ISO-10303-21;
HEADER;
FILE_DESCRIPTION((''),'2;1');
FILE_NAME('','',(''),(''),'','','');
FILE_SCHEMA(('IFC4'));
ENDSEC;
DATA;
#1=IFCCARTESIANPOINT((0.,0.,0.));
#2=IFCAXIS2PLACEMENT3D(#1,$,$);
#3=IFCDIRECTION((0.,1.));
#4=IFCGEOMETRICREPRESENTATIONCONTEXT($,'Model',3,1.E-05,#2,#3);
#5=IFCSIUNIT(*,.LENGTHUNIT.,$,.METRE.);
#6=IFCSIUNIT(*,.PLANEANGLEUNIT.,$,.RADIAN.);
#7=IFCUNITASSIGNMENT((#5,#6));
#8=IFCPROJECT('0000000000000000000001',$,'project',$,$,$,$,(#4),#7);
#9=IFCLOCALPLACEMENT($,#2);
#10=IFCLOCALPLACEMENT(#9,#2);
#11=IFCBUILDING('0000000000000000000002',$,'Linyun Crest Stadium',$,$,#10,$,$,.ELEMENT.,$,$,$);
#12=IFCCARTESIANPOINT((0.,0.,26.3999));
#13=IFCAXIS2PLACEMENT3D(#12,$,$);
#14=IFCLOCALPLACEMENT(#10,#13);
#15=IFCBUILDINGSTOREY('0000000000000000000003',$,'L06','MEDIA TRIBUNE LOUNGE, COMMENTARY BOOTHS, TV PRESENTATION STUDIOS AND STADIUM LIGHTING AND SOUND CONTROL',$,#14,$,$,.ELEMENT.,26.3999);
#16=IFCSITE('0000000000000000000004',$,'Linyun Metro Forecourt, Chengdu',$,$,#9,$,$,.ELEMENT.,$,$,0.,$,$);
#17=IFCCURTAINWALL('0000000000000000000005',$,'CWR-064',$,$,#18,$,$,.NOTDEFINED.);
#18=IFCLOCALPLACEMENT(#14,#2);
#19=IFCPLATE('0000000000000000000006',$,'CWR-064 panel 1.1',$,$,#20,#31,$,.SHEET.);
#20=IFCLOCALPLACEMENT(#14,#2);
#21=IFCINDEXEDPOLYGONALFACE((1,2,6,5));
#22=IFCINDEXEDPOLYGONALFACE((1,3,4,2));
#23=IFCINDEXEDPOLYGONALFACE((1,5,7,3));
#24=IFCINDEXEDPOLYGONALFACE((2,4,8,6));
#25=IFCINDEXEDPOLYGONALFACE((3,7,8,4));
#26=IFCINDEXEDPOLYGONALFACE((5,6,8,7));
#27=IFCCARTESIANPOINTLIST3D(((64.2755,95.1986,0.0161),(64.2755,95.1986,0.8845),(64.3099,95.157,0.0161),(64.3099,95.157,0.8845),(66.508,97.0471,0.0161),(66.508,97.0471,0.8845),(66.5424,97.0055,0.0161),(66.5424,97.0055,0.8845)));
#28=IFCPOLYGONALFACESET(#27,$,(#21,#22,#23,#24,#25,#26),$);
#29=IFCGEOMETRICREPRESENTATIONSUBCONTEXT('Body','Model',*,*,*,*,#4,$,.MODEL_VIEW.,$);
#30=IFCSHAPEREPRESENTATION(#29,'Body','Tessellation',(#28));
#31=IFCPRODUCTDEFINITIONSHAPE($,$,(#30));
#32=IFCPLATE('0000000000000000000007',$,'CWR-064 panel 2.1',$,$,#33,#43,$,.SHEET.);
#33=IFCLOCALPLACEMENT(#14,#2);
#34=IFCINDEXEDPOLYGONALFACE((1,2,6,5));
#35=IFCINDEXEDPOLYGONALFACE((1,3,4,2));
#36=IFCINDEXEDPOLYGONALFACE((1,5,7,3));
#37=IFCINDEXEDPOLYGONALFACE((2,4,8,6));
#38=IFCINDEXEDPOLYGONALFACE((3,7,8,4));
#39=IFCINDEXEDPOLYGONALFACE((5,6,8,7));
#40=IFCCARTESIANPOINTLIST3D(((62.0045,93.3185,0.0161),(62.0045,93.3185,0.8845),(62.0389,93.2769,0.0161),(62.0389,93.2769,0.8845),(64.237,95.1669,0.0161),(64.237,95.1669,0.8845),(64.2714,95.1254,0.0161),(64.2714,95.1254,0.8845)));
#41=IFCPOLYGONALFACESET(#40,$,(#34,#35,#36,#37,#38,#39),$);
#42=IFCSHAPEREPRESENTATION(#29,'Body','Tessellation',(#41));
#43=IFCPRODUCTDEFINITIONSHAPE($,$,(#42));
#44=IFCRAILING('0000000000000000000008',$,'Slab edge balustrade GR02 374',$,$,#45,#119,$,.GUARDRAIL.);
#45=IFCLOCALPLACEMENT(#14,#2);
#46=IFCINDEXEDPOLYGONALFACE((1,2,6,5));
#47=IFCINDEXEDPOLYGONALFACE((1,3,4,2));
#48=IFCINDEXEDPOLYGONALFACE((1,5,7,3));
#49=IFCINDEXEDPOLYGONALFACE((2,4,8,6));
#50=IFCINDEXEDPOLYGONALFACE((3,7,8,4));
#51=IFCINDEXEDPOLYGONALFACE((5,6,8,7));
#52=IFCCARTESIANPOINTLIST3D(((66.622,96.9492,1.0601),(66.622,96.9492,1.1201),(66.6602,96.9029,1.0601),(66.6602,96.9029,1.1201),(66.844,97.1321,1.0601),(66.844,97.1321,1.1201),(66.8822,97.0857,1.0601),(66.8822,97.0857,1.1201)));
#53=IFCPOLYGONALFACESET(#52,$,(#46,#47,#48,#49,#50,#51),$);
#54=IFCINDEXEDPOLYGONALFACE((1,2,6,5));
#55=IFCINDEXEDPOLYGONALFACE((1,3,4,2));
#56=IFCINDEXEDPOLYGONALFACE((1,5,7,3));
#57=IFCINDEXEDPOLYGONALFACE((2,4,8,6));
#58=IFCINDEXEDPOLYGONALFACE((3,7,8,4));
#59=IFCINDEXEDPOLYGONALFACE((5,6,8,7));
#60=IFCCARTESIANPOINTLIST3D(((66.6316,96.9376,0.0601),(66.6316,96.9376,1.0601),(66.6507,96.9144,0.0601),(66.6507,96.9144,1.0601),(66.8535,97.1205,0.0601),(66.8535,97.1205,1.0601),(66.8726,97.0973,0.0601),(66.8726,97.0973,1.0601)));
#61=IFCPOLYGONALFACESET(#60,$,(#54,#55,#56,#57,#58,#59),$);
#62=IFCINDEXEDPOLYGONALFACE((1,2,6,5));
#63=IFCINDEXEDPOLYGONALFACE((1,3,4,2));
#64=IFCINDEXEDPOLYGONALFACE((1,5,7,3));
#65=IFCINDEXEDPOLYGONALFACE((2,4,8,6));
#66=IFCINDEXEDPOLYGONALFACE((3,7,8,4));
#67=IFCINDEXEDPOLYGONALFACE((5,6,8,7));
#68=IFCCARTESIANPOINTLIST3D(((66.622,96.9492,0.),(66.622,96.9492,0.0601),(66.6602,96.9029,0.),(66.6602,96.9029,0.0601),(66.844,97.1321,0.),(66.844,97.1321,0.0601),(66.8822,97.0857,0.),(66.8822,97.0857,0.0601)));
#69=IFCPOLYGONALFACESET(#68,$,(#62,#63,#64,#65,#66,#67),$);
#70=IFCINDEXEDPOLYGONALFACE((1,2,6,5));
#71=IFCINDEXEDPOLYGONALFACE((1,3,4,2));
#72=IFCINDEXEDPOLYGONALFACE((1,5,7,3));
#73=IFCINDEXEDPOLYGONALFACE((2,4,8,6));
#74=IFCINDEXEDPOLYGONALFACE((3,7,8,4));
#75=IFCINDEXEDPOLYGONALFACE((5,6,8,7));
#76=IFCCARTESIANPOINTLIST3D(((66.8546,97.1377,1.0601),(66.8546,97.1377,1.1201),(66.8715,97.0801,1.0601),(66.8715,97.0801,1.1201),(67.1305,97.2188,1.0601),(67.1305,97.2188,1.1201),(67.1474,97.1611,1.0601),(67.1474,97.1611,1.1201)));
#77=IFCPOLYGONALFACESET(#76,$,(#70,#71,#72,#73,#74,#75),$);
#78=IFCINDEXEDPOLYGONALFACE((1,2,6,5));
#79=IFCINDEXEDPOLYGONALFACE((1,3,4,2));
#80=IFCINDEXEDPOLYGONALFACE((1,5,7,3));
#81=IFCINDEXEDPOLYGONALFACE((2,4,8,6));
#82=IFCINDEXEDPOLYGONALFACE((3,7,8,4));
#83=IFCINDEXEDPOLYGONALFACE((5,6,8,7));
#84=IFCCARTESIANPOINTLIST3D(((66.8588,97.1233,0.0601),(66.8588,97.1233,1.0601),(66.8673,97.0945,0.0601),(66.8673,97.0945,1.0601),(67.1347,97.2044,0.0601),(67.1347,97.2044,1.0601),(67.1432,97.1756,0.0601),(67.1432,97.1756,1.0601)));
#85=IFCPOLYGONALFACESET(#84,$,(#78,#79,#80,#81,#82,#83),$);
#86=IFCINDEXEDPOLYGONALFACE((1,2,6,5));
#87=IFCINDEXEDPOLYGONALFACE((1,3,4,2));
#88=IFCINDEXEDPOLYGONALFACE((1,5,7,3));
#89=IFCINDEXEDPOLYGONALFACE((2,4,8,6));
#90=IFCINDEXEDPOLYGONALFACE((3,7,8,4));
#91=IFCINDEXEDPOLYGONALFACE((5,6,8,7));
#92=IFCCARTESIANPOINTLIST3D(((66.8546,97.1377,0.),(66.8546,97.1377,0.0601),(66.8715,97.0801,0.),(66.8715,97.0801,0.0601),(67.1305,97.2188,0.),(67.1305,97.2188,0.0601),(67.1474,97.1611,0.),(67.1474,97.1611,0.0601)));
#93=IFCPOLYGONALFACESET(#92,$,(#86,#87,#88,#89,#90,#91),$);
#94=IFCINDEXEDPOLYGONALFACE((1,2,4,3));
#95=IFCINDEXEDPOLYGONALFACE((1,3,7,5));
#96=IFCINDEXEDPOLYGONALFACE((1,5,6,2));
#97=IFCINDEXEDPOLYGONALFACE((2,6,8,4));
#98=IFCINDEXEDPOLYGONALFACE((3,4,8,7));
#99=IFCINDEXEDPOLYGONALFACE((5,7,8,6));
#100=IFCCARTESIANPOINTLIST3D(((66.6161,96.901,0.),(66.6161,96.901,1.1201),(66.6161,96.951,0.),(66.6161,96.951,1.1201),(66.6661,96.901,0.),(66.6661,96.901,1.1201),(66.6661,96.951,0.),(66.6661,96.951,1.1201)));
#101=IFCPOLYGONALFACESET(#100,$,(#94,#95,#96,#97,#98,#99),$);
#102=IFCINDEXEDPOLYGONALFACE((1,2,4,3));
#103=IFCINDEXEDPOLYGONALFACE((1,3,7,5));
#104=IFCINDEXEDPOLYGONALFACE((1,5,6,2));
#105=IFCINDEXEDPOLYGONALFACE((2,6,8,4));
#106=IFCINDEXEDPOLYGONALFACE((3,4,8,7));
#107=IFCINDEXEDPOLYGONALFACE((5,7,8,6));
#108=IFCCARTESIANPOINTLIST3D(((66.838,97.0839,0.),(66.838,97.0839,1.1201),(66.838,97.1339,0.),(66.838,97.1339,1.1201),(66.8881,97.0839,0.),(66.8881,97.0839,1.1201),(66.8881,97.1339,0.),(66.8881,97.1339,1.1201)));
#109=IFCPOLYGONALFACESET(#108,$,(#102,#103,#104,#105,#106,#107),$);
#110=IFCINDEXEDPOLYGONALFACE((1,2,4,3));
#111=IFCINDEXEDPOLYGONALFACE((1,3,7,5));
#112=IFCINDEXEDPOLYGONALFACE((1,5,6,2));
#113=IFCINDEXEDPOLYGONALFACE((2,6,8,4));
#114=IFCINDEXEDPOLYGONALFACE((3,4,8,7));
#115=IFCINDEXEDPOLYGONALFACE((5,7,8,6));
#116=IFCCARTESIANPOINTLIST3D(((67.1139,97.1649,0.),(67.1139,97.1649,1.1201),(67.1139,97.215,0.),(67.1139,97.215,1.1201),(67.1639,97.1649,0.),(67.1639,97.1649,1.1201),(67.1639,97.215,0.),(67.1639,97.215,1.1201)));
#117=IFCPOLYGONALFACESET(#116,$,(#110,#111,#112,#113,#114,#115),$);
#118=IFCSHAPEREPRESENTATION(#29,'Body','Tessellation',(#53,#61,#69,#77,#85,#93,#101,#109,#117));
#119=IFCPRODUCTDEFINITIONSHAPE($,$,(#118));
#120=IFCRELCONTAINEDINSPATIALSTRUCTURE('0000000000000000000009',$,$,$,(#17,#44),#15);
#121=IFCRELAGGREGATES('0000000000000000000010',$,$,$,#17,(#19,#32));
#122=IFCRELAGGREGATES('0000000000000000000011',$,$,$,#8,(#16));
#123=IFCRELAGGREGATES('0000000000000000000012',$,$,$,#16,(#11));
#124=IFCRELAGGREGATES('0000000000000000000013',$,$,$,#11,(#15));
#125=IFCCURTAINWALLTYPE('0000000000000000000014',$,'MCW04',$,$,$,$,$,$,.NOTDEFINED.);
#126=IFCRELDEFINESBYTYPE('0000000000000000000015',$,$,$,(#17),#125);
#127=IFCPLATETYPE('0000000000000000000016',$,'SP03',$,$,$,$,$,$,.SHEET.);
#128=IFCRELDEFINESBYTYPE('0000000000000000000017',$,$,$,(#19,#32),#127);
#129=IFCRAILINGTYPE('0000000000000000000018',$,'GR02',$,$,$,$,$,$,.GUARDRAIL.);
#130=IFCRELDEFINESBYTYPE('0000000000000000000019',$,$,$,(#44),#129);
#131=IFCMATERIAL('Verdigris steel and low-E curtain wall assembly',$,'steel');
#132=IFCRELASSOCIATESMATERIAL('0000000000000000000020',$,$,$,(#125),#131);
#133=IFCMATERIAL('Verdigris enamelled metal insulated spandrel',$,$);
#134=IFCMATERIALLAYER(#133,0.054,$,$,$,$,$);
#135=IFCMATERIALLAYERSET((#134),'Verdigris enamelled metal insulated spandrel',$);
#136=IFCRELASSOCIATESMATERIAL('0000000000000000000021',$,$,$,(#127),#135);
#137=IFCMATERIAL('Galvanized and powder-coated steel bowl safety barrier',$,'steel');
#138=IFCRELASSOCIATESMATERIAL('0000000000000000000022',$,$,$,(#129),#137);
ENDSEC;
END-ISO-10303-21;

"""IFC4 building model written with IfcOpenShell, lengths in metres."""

from ifc_helpers import new_model, si_unit, direction, frame, origin, origin_2d, place, context, subcontext, project, spatial, rectangle, extrude, material, layer, layer_set, type_object, element, aggregate, save


model = new_model("IFC4")

# Units and contexts
model_context = context("Model", 3, precision=1e-05, world=origin(), true_north=direction((0.0, 1.0)))
body_context = subcontext(model_context, "Body", "Model", "MODEL_VIEW")
ifc_project = project(units=[si_unit("LENGTHUNIT", "METRE"), si_unit("PLANEANGLEUNIT", "RADIAN")], contexts=[model_context])

# Site, building, storey
site_placement = place(None, origin())
site = spatial("IfcSite", under=ifc_project, at=site_placement, Name="Linyun Metro Forecourt, Chengdu", CompositionType="ELEMENT", RefElevation=0.0)
building_placement = place(site_placement, origin())
building = spatial("IfcBuilding", under=site, at=building_placement, Name="Linyun Crest Stadium", CompositionType="ELEMENT")
storey_placement = place(building_placement, frame((0.0, 0.0, 26.3999)))
storey = spatial("IfcBuildingStorey", under=building, at=storey_placement, Name="L06", Description="MEDIA TRIBUNE LOUNGE, COMMENTARY BOOTHS, TV PRESENTATION STUDIOS AND STADIUM LIGHTING AND SOUND CONTROL", CompositionType="ELEMENT", Elevation=26.3999)

# Curtain wall
ifc_material_1 = material(Name="Verdigris steel and low-E curtain wall assembly", Category="steel")
curtain_wall_type = type_object("IfcCurtainWallType", Name="MCW04", PredefinedType="NOTDEFINED", material=ifc_material_1)
curtain_wall_1_placement = place(storey_placement, origin())
curtain_wall_1 = element("IfcCurtainWall", 1, at=curtain_wall_1_placement, inside=storey, type_object=curtain_wall_type, Name="CWR-064", PredefinedType="NOTDEFINED")

# Plates
ifc_material_2 = material(Name="Verdigris enamelled metal insulated spandrel")
ifc_layer_1 = layer(ifc_material_2, 0.054)
ifc_layer_set_1 = layer_set([ifc_layer_1], Name="Verdigris enamelled metal insulated spandrel")
plate_type_1 = type_object("IfcPlateType", Name="SP03", PredefinedType="SHEET", material=ifc_layer_set_1)
plate_1_placement = place(storey_placement, frame((65.4089, 96.1021, 0.0161), z_axis=(0.0, 0.0, 1.0), x_axis=(-0.770246, -0.637747, 0.0)))
plate_1 = element("IfcPlate", 2, at=plate_1_placement, type_object=plate_type_1, Name="CWR-064 panel 1.1", PredefinedType="SHEET", context=body_context, shape_type="SweptSolid", body=[
    extrude(rectangle(XDim=2.8984, YDim=0.054, at=origin_2d()), origin(), (0.0, 0.0, 1.0), 0.8684),
])
plate_2_placement = place(storey_placement, frame((63.1379, 94.2219, 0.0161), z_axis=(0.0, 0.0, 1.0), x_axis=(-0.770246, -0.637747, 0.0)))
plate_2 = element("IfcPlate", 3, at=plate_2_placement, type_object=plate_type_1, Name="CWR-064 panel 2.1", PredefinedType="SHEET", context=body_context, shape_type="SweptSolid", body=[
    extrude(rectangle(XDim=2.8984, YDim=0.054, at=origin_2d()), origin(), (0.0, 0.0, 1.0), 0.8684),
])
aggregate(curtain_wall_1, [plate_1, plate_2])

# Railing
ifc_material_3 = material(Name="Galvanized and powder-coated steel bowl safety barrier", Category="steel")
railing_type = type_object("IfcRailingType", Name="GR02", PredefinedType="GUARDRAIL", material=ifc_material_3)
railing_placement = place(storey_placement, frame((66.6411, 96.926, 0.0)))
element("IfcRailing", 4, at=railing_placement, inside=storey, type_object=railing_type, Name="Slab edge balustrade GR02 374", PredefinedType="GUARDRAIL", context=body_context, shape_type="SweptSolid", body=[
    extrude(rectangle(XDim=0.0601, YDim=0.0601, at=origin_2d()), frame((0.0, 0.0, 1.0901), z_axis=(0.771759, 0.635916, 0.0), x_axis=(-0.635916, 0.771759, 0.0)), (0.0, 0.0, 1.0), 0.2876),
    extrude(rectangle(XDim=0.03, YDim=1.0, at=origin_2d()), frame((0.0, 0.0, 0.5601), z_axis=(0.771759, 0.635916, 0.0), x_axis=(-0.635916, 0.771759, 0.0)), (0.0, 0.0, 1.0), 0.2876),
    extrude(rectangle(XDim=0.0601, YDim=0.0601, at=origin_2d()), frame((0.0, 0.0, 0.03), z_axis=(0.771759, 0.635916, 0.0), x_axis=(-0.635916, 0.771759, 0.0)), (0.0, 0.0, 1.0), 0.2876),
    extrude(rectangle(XDim=0.0601, YDim=0.0601, at=origin_2d()), frame((0.2219, 0.1829, 1.0901), z_axis=(0.959447, 0.281891, 0.0), x_axis=(-0.281891, 0.959447, 0.0)), (0.0, 0.0, 1.0), 0.2876),
    extrude(rectangle(XDim=0.03, YDim=1.0, at=origin_2d()), frame((0.2219, 0.1829, 0.5601), z_axis=(0.959447, 0.281891, 0.0), x_axis=(-0.281891, 0.959447, 0.0)), (0.0, 0.0, 1.0), 0.2876),
    extrude(rectangle(XDim=0.0601, YDim=0.0601, at=origin_2d()), frame((0.2219, 0.1829, 0.03), z_axis=(0.959447, 0.281891, 0.0), x_axis=(-0.281891, 0.959447, 0.0)), (0.0, 0.0, 1.0), 0.2876),
    extrude(rectangle(XDim=0.05, YDim=0.05, at=origin_2d()), origin(), (0.0, 0.0, 1.0), 1.1201),
    extrude(rectangle(XDim=0.05, YDim=0.05, at=origin_2d()), frame((0.2219, 0.1829, 0.0)), (0.0, 0.0, 1.0), 1.1201),
    extrude(rectangle(XDim=0.05, YDim=0.05, at=origin_2d()), frame((0.4978, 0.2639, 0.0)), (0.0, 0.0, 1.0), 1.1201),
])

save(model, "model.ifc")
